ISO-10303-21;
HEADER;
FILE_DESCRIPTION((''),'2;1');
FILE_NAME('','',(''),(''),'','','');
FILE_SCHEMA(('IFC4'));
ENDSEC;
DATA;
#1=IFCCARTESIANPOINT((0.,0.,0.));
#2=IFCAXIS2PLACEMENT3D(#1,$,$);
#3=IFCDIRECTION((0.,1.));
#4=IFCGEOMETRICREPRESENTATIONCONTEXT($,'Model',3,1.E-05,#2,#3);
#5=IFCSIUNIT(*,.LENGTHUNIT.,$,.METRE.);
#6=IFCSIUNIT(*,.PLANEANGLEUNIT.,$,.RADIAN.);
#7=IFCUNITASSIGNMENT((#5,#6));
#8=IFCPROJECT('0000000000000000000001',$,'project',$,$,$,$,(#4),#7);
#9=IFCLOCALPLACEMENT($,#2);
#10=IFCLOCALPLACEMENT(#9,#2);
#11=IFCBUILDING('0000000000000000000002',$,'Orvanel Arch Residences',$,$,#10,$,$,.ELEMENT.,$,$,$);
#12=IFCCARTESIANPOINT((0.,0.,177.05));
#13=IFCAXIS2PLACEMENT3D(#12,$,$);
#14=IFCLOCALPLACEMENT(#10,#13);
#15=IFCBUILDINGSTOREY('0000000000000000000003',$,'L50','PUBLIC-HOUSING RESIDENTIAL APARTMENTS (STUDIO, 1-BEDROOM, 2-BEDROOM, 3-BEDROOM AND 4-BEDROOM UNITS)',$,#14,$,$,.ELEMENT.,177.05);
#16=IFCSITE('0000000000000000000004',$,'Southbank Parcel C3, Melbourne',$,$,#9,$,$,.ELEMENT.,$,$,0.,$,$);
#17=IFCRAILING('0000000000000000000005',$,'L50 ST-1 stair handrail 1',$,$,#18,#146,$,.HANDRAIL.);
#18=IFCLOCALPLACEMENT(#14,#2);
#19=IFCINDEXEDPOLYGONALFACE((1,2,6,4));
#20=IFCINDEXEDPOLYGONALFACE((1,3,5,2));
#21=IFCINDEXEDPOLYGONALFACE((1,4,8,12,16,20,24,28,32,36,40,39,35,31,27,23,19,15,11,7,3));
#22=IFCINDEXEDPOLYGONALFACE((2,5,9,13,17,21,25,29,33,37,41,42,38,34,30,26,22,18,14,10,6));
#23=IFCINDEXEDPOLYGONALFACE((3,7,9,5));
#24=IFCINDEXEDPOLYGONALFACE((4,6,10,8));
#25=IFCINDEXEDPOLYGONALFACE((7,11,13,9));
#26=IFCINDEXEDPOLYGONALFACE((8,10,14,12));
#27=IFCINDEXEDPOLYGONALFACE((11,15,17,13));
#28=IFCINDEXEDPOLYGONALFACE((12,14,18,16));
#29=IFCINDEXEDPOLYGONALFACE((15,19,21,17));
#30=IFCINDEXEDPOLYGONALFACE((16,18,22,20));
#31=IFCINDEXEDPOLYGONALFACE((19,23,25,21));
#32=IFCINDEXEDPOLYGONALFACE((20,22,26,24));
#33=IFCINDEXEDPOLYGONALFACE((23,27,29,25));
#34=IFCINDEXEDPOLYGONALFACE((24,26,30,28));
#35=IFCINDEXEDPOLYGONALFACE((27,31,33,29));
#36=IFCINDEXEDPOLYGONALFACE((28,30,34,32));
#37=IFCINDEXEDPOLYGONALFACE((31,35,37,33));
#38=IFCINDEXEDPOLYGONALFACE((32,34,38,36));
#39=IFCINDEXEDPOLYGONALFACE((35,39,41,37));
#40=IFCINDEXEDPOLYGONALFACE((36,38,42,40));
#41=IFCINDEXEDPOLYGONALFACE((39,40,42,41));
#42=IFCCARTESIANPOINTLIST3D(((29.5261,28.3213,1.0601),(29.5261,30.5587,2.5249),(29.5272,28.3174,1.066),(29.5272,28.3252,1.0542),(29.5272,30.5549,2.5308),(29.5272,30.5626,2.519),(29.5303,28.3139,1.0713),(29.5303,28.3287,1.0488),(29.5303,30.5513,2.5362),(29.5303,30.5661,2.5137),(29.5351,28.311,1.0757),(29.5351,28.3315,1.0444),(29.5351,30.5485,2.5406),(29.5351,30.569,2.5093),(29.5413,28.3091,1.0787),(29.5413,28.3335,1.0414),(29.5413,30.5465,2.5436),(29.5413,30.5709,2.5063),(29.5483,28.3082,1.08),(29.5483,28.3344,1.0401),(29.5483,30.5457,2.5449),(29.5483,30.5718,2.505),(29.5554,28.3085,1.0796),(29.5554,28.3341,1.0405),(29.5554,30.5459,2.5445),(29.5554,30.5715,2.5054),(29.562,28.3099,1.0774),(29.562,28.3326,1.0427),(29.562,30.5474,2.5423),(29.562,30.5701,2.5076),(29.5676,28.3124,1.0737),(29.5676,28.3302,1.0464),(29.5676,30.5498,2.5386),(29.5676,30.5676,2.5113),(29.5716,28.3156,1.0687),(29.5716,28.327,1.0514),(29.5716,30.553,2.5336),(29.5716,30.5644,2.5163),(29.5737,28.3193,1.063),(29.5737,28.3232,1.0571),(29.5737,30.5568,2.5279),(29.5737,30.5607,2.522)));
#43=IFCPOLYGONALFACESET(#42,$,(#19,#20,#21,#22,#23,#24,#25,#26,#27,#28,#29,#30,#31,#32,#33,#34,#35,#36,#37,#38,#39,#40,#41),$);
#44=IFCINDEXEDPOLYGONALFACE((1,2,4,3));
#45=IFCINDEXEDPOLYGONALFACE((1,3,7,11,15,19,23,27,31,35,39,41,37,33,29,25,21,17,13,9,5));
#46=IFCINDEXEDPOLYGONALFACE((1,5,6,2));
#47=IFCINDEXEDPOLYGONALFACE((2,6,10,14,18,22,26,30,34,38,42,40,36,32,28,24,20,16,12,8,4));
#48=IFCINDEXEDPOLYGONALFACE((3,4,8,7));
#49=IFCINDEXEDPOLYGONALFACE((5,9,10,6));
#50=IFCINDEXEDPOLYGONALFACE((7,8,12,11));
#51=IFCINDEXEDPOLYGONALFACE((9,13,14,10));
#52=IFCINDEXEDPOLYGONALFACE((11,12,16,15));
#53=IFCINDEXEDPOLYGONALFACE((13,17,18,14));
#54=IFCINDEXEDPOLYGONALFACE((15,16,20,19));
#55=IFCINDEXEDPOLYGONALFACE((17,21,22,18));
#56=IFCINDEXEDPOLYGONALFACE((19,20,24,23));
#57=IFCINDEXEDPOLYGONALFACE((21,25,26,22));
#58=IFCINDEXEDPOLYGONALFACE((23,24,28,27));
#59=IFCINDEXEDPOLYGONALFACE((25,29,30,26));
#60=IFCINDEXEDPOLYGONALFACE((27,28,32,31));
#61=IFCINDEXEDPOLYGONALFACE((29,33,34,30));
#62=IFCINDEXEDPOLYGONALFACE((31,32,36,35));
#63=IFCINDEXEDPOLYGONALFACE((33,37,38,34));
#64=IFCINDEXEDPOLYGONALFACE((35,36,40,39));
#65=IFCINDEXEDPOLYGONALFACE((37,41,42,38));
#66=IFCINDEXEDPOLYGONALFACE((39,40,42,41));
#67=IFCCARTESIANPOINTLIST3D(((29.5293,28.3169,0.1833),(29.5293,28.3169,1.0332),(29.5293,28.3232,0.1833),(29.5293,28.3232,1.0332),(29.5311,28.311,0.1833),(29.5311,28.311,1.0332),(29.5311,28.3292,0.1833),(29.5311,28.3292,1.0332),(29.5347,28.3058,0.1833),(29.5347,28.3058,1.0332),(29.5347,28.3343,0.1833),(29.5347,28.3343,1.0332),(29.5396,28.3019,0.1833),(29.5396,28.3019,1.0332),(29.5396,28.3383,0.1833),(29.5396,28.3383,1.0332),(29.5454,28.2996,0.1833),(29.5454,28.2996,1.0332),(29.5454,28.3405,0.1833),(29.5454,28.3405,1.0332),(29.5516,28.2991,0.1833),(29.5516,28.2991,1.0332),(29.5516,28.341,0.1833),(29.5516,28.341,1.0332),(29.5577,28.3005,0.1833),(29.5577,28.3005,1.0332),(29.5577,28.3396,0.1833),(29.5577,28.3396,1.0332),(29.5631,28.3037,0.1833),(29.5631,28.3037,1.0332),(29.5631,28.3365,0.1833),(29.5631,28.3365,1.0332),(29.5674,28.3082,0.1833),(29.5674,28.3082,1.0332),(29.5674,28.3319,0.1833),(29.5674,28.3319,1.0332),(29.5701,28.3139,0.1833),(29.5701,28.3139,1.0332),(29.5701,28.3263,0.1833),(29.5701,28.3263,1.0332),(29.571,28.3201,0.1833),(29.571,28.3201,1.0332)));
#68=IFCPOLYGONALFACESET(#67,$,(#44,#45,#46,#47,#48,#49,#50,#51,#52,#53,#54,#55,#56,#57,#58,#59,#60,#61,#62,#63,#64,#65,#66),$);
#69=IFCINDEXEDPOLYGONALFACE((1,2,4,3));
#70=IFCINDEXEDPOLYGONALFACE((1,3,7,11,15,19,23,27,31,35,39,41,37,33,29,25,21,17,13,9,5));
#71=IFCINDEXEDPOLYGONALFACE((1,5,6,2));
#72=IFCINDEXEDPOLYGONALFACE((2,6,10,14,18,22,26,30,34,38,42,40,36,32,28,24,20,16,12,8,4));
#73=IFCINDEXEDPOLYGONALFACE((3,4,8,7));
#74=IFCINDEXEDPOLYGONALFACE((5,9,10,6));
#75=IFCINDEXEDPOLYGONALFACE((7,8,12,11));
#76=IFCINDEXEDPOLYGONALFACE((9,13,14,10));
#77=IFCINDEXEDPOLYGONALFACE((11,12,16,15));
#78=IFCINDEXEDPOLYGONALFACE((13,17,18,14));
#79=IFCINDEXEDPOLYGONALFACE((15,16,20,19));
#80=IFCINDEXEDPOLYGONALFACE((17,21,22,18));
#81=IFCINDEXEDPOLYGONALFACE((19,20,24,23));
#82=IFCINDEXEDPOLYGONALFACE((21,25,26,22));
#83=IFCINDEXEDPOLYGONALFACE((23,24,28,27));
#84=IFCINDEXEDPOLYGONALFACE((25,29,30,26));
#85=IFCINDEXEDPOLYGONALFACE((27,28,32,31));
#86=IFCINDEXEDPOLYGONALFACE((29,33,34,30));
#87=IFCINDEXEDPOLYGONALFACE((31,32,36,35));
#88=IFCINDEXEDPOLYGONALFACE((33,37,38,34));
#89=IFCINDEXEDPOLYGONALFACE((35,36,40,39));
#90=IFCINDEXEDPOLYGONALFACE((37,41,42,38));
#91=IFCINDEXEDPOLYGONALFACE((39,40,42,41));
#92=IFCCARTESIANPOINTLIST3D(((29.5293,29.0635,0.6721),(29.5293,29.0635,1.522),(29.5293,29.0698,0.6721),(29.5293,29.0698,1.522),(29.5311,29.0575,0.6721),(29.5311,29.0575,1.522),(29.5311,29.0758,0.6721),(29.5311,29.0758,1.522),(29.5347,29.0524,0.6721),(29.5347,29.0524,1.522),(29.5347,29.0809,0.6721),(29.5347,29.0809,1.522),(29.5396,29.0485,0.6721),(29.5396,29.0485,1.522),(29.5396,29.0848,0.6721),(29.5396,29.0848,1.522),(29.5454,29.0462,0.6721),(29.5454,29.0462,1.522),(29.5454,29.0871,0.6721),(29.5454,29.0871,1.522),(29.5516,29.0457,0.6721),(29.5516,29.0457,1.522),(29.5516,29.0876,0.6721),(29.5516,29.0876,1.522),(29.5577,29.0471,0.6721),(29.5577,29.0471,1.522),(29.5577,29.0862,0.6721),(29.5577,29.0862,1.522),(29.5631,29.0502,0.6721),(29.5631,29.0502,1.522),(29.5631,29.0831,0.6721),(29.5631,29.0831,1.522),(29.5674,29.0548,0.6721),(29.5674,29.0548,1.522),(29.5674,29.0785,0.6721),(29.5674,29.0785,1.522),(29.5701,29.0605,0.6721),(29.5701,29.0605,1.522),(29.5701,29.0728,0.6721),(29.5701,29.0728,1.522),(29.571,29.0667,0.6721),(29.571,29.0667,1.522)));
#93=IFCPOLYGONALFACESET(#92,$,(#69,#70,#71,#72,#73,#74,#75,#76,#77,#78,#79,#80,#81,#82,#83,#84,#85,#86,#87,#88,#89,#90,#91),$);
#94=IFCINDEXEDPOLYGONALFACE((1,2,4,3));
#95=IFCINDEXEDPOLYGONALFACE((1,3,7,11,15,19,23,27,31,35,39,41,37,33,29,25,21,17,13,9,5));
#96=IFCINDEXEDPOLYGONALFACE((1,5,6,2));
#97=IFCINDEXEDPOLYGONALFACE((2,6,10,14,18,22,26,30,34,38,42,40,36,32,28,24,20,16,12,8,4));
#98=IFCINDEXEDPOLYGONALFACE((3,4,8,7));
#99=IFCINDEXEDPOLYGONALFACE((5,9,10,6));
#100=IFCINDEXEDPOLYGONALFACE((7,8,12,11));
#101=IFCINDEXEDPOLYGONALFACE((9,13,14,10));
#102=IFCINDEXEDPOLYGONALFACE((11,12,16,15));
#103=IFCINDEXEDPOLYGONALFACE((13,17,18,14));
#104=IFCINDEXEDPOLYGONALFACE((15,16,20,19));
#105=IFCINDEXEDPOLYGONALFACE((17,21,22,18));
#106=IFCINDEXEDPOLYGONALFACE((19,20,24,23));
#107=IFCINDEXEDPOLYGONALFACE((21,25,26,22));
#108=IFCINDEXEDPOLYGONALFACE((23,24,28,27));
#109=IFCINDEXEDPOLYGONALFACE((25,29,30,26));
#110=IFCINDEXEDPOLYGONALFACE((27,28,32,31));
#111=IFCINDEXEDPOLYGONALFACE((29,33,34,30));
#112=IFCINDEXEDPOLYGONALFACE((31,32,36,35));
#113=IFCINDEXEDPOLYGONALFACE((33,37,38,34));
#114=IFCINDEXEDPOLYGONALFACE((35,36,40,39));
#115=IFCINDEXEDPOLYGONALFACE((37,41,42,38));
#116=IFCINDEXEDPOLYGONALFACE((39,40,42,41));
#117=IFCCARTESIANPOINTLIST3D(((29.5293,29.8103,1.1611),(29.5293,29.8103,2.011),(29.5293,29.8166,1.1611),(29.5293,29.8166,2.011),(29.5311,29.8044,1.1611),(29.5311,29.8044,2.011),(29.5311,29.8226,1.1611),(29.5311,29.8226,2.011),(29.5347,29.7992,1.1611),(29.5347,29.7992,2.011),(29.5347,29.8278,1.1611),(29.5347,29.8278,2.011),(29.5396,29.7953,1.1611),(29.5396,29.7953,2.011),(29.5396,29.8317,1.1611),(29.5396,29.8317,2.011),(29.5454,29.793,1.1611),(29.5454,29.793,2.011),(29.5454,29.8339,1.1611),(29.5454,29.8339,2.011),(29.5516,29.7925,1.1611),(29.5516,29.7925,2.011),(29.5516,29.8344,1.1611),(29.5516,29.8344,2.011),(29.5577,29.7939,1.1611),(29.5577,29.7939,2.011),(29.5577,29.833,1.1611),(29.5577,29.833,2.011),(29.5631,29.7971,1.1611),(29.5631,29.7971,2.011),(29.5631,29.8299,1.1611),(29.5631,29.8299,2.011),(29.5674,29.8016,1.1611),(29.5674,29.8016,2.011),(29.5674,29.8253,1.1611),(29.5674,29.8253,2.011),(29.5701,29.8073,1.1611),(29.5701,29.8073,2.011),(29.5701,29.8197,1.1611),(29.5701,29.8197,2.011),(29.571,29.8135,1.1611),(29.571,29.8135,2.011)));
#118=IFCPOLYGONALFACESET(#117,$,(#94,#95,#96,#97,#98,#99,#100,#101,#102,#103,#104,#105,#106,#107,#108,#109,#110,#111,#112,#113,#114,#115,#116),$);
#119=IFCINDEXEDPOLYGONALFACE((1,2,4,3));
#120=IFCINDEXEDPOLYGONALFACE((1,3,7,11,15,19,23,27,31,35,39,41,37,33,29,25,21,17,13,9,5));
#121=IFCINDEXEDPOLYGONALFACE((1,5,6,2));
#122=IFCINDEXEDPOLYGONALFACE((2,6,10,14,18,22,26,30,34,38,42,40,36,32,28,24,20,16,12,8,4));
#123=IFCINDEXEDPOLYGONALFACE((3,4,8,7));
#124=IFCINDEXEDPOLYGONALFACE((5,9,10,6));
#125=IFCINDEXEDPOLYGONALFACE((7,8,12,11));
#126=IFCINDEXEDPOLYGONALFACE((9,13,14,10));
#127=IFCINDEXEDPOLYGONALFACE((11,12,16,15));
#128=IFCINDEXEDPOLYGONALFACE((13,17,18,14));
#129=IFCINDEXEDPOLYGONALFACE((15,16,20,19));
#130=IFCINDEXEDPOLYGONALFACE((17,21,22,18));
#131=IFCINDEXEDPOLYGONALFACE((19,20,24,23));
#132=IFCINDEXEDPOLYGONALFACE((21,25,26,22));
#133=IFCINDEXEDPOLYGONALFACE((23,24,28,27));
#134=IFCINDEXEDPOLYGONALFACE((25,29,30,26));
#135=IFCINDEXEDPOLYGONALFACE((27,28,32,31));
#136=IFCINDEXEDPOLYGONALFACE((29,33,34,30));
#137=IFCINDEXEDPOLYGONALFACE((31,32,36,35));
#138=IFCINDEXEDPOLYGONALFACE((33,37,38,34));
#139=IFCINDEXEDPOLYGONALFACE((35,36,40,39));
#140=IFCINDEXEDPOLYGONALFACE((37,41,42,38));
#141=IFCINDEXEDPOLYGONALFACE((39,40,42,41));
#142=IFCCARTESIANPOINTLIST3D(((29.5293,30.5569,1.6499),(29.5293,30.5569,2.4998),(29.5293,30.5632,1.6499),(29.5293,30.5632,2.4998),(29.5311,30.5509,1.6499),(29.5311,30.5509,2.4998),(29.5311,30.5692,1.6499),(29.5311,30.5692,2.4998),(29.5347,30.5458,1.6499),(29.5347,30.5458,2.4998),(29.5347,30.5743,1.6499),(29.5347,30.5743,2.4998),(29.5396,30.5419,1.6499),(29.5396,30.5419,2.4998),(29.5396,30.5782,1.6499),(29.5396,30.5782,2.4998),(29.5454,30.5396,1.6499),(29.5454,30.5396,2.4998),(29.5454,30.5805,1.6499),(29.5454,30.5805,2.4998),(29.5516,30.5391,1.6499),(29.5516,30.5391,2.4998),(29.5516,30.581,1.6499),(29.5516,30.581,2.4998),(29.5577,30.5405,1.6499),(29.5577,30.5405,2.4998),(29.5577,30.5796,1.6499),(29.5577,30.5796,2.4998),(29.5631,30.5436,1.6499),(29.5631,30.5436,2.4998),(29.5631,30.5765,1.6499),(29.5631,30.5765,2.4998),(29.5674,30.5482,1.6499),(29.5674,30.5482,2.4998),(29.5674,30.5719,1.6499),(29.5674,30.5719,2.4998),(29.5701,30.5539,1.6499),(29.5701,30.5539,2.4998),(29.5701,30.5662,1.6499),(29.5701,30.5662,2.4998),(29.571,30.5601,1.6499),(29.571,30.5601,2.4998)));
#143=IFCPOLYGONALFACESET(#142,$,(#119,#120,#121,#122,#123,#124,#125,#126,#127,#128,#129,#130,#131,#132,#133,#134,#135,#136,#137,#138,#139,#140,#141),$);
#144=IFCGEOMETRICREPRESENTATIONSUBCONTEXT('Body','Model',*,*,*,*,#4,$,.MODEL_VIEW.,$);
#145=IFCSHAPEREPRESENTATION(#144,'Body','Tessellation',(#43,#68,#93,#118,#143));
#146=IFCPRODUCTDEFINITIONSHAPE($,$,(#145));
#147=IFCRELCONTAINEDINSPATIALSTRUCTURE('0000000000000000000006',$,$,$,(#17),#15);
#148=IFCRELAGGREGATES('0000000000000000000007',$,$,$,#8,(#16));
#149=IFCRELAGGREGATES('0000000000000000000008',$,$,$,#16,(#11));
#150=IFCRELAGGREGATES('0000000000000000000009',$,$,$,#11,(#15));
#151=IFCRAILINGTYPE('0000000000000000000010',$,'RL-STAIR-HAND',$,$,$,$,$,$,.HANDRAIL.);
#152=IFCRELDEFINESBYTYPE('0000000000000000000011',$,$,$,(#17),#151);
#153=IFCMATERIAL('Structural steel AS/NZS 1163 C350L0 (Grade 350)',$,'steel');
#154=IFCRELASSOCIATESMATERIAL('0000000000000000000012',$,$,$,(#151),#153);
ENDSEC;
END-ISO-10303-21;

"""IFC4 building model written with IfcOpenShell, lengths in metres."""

from ifc_helpers import new_model, si_unit, direction, frame, origin, origin_2d, place, context, subcontext, project, spatial, circle, extrude, material, type_object, element, save


model = new_model("IFC4")

# Units and contexts
model_context = context("Model", 3, precision=1e-05, world=origin(), true_north=direction((0.0, 1.0)))
body_context = subcontext(model_context, "Body", "Model", "MODEL_VIEW")
ifc_project = project(units=[si_unit("LENGTHUNIT", "METRE"), si_unit("PLANEANGLEUNIT", "RADIAN")], contexts=[model_context])

# Site, building, storey
site_placement = place(None, origin())
site = spatial("IfcSite", under=ifc_project, at=site_placement, Name="Southbank Parcel C3, Melbourne", CompositionType="ELEMENT", RefElevation=0.0)
building_placement = place(site_placement, origin())
building = spatial("IfcBuilding", under=site, at=building_placement, Name="Orvanel Arch Residences", CompositionType="ELEMENT")
storey_placement = place(building_placement, frame((0.0, 0.0, 177.05)))
storey = spatial("IfcBuildingStorey", under=building, at=storey_placement, Name="L50", Description="PUBLIC-HOUSING RESIDENTIAL APARTMENTS (STUDIO, 1-BEDROOM, 2-BEDROOM, 3-BEDROOM AND 4-BEDROOM UNITS)", CompositionType="ELEMENT", Elevation=177.05)

# Railing
ifc_material_1 = material(Name="Structural steel AS/NZS 1163 C350L0 (Grade 350)", Category="steel")
railing_type_1 = type_object("IfcRailingType", Name="RL-STAIR-HAND", PredefinedType="HANDRAIL", material=ifc_material_1)
railing_1_placement = place(storey_placement, frame((29.55, 28.3201, 0.1833)))
element("IfcRailing", 1, at=railing_1_placement, inside=storey, type_object=railing_type_1, Name="L50 ST-1 stair handrail 1", PredefinedType="HANDRAIL", context=body_context, shape_type="SweptSolid", body=[
    extrude(circle(Radius=0.0239, at=origin_2d()), frame((0.0, 0.0012, 0.8767), z_axis=(0.0, 0.836637, 0.547758), x_axis=(-1.0, 0.0, 0.0)), (0.0, 0.0, 1.0), 2.6743),
    extrude(circle(Radius=0.021, at=origin_2d()), origin(), (0.0, 0.0, 1.0), 0.8499),
    extrude(circle(Radius=0.021, at=origin_2d()), frame((0.0, 0.7466, 0.4888)), (0.0, 0.0, 1.0), 0.8499),
    extrude(circle(Radius=0.021, at=origin_2d()), frame((0.0, 1.4934, 0.9778)), (0.0, 0.0, 1.0), 0.8499),
    extrude(circle(Radius=0.021, at=origin_2d()), frame((0.0, 2.24, 1.4666)), (0.0, 0.0, 1.0), 0.8499),
])

save(model, "model.ifc")
